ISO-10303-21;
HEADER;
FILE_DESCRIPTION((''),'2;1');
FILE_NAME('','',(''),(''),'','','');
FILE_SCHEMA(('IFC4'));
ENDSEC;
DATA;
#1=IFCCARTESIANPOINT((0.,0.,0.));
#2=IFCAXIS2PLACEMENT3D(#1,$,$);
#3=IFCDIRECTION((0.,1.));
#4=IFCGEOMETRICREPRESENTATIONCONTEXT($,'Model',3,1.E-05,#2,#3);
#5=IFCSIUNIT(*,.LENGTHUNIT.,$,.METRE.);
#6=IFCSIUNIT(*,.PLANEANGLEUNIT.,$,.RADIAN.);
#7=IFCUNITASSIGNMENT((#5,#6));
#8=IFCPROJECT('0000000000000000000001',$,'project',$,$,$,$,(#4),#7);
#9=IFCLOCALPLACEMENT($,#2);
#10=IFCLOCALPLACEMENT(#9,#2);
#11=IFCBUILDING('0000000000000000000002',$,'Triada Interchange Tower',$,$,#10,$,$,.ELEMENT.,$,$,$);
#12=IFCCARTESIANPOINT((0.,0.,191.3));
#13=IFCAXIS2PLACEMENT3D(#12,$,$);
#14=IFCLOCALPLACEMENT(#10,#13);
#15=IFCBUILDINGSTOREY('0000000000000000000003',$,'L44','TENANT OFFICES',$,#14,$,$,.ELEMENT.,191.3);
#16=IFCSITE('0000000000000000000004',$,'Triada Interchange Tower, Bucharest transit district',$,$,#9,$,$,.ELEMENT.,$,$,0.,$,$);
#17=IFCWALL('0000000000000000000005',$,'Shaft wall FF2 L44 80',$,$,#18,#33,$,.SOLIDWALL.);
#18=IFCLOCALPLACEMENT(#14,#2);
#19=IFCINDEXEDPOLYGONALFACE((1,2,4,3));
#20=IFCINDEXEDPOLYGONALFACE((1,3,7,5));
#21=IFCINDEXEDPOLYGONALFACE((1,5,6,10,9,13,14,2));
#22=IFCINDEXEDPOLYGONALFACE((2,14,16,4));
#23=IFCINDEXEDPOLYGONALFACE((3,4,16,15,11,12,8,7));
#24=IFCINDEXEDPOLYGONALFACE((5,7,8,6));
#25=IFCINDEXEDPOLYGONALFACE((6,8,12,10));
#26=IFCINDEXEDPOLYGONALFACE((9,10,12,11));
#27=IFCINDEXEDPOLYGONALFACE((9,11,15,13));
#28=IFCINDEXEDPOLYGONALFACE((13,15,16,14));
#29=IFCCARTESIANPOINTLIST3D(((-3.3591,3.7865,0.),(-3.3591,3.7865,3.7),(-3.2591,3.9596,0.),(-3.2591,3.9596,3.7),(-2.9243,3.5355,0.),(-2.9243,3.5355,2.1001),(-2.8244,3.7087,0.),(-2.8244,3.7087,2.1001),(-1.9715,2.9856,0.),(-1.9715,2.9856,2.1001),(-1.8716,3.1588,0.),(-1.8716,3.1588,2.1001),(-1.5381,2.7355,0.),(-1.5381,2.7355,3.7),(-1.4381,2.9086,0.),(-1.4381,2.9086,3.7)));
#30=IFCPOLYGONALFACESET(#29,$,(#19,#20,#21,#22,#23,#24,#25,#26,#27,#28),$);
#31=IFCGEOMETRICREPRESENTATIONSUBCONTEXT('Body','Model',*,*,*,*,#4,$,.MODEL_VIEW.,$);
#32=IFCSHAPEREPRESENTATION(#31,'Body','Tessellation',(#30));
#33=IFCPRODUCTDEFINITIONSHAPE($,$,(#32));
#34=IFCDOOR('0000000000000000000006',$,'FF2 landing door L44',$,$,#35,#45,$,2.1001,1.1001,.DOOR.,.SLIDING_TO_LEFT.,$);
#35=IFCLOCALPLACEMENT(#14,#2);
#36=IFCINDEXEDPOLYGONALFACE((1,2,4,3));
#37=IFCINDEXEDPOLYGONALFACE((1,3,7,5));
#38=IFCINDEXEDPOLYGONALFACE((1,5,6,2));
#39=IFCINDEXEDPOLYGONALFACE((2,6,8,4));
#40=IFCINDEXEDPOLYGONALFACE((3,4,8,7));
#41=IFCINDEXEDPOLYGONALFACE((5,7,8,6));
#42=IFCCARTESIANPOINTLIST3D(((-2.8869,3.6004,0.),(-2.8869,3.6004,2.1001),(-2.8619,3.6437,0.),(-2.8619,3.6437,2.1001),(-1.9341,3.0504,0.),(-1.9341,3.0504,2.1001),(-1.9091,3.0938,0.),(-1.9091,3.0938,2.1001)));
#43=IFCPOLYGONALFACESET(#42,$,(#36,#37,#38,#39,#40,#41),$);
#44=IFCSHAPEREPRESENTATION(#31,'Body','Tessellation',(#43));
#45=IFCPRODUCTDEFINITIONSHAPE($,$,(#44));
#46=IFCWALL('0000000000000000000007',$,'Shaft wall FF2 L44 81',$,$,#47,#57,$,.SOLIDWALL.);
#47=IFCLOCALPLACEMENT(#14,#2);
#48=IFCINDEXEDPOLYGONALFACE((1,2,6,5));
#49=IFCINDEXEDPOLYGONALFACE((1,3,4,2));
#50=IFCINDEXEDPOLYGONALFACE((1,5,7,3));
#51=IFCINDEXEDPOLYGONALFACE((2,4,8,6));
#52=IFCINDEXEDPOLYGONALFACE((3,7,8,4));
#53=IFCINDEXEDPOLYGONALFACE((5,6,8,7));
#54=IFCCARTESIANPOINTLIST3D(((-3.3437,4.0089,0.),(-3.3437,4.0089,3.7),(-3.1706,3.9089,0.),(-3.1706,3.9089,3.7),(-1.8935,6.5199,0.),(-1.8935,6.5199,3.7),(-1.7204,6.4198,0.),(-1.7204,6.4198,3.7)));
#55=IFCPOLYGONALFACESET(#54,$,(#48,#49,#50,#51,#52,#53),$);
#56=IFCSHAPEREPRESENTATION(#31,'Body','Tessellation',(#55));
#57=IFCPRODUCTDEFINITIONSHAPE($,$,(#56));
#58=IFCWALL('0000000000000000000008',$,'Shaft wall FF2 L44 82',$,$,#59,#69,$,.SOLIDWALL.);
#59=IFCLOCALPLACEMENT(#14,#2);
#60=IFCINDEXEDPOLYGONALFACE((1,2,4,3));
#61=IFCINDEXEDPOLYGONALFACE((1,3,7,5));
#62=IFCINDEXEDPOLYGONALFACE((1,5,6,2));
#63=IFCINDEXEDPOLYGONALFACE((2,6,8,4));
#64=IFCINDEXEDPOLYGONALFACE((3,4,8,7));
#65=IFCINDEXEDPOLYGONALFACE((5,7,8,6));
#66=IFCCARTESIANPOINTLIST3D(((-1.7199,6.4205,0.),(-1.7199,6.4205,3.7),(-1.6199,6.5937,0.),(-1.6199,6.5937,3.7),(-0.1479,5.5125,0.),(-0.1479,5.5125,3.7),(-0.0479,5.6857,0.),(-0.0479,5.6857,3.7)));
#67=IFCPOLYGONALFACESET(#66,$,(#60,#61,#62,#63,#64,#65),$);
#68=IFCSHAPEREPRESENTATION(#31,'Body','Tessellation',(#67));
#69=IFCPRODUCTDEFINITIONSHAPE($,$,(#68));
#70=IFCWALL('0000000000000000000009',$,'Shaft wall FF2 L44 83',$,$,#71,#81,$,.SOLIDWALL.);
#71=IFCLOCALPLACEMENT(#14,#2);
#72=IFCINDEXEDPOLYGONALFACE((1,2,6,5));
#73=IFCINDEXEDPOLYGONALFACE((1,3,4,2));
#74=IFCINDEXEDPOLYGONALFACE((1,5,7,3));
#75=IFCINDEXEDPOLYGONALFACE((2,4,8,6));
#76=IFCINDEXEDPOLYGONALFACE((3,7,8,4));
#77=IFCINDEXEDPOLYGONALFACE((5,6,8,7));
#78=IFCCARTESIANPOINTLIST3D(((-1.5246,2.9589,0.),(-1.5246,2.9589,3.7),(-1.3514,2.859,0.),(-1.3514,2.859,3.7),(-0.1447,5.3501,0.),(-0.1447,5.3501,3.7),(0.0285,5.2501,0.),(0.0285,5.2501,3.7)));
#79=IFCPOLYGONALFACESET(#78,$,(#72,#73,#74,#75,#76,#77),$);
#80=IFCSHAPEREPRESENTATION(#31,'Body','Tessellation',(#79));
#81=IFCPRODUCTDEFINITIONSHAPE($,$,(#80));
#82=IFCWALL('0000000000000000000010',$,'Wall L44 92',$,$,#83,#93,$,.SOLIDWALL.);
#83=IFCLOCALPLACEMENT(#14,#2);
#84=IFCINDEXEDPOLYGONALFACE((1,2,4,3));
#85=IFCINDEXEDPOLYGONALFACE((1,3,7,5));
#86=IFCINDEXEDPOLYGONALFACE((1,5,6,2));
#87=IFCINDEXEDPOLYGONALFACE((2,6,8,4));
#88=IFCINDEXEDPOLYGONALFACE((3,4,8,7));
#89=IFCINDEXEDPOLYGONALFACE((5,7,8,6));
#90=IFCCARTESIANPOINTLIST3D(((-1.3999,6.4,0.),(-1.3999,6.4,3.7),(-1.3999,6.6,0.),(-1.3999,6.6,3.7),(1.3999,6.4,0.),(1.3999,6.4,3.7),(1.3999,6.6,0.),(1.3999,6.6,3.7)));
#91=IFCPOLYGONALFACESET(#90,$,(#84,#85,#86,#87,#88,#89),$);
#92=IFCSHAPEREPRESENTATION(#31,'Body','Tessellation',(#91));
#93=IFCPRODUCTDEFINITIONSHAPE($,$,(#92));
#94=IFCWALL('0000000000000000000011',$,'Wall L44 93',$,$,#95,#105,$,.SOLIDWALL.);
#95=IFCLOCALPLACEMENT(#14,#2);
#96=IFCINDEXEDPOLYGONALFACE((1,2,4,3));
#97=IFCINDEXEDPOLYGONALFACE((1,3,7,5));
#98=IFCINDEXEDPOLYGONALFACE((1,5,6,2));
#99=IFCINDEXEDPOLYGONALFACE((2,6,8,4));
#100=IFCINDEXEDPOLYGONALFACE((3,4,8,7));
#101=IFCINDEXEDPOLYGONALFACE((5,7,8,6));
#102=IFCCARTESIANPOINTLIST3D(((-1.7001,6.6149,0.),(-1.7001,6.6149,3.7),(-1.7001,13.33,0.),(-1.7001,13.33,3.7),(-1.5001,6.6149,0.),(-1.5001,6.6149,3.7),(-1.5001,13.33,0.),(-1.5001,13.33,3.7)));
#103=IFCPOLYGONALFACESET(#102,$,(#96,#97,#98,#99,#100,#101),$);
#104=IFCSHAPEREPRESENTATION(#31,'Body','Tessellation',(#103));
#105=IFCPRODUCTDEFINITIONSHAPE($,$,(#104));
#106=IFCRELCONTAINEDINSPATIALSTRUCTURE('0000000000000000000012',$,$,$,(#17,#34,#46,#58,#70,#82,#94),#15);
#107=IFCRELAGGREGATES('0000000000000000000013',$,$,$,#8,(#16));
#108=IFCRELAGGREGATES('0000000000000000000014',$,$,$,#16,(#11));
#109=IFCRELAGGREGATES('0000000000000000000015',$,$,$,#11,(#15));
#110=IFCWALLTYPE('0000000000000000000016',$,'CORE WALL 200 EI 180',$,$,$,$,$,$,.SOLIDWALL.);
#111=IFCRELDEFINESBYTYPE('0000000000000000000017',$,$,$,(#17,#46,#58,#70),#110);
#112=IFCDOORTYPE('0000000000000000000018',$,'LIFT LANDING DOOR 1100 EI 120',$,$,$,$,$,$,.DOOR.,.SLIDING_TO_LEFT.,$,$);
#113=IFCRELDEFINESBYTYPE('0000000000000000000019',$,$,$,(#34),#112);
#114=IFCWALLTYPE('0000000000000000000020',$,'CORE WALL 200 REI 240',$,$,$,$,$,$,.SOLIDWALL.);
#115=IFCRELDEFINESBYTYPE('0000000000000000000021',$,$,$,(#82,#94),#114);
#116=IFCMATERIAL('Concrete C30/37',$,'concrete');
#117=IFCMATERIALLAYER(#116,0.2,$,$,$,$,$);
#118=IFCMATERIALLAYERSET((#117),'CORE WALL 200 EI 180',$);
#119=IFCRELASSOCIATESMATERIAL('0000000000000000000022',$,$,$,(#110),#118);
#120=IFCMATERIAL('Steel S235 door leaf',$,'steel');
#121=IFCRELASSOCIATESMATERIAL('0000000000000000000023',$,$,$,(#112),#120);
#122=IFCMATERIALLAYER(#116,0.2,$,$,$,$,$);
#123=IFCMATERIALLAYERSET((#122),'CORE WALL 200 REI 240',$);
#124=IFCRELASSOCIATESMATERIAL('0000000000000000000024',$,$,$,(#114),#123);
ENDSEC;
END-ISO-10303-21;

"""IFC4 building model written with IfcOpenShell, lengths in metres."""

from ifc_helpers import new_model, si_unit, direction, frame, frame_2d, origin, place, context, subcontext, project, spatial, rectangle, extrude, material, layer, layer_set, type_object, element, fill, save


model = new_model("IFC4")

# Units and contexts
model_context = context("Model", 3, precision=1e-05, world=origin(), true_north=direction((0.0, 1.0)))
body_context = subcontext(model_context, "Body", "Model", "MODEL_VIEW")
ifc_project = project(units=[si_unit("LENGTHUNIT", "METRE"), si_unit("PLANEANGLEUNIT", "RADIAN")], contexts=[model_context])

# Site, building, storey
site_placement = place(None, origin())
site = spatial("IfcSite", under=ifc_project, at=site_placement, Name="Triada Interchange Tower, Bucharest transit district", CompositionType="ELEMENT", RefElevation=0.0)
building_placement = place(site_placement, origin())
building = spatial("IfcBuilding", under=site, at=building_placement, Name="Triada Interchange Tower", CompositionType="ELEMENT")
storey_placement = place(building_placement, frame((0.0, 0.0, 191.3)))
storey = spatial("IfcBuildingStorey", under=building, at=storey_placement, Name="L44", Description="TENANT OFFICES", CompositionType="ELEMENT", Elevation=191.3)

# Shared definitions
ifc_material_1 = material(Name="Concrete C30/37", Category="concrete")
ifc_layer_1 = layer(ifc_material_1, 0.2)
ifc_layer_set_1 = layer_set([ifc_layer_1], Name="CORE WALL 200 EI 180")
wall_type_1 = type_object("IfcWallType", Name="CORE WALL 200 EI 180", PredefinedType="SOLIDWALL", material=ifc_layer_set_1)

# Shared definitions
ifc_material_2 = material(Name="Steel S235 door leaf", Category="steel")

# Wall, opening, door
door_type_1 = type_object("IfcDoorType", Name="LIFT LANDING DOOR 1100 EI 120", OperationType="SLIDING_TO_LEFT", PredefinedType="DOOR", material=ifc_material_2)
wall_1_placement = place(storey_placement, frame((-3.3091, 3.873, 0.0), z_axis=(0.0, 0.0, 1.0), x_axis=(0.866099, -0.499873, 0.0)))
wall_1 = element("IfcWall", 1, at=wall_1_placement, inside=storey, type_object=wall_type_1, Name="Shaft wall FF2 L44 80", PredefinedType="SOLIDWALL", context=body_context, shape_type="SweptSolid", body=[
    extrude(rectangle(XDim=2.1025, YDim=0.2, at=frame_2d((1.0513, 0.0))), origin(), (0.0, 0.0, 1.0), 3.7),
])
opening_1_placement = place(wall_1_placement, frame((0.502, 0.0, 0.0)))
opening_1 = element("IfcOpeningElement", 2, at=opening_1_placement, cuts=wall_1, PredefinedType="OPENING", context=body_context, shape_type="SweptSolid", body=[
    extrude(rectangle(XDim=1.1001, YDim=2.1001, at=frame_2d((0.55, 1.05))), frame((0.0, 0.1099, 0.0), z_axis=(0.0, -1.0, 0.0), x_axis=(1.0, 0.0, 0.0)), (0.0, 0.0, 1.0), 0.22),
])
door_1_placement = place(opening_1_placement, origin())
door_1 = element("IfcDoor", 3, at=door_1_placement, inside=storey, type_object=door_type_1, Name="FF2 landing door L44", OperationType="SLIDING_TO_LEFT", OverallHeight=2.1001, OverallWidth=1.1001, PredefinedType="DOOR", context=body_context, shape_type="SweptSolid", body=[
    extrude(rectangle(XDim=1.1001, YDim=2.1001, at=frame_2d((0.55, 1.05))), frame((0.0, 0.0249, 0.0), z_axis=(0.0, -1.0, 0.0), x_axis=(1.0, 0.0, 0.0)), (0.0, 0.0, 1.0), 0.05),
])
fill(opening_1, door_1)

# Walls
wall_2_placement = place(storey_placement, frame((-3.2571, 3.959, 0.0), z_axis=(0.0, 0.0, 1.0), x_axis=(0.500123, 0.865954, 0.0)))
element("IfcWall", 4, at=wall_2_placement, inside=storey, type_object=wall_type_1, Name="Shaft wall FF2 L44 81", PredefinedType="SOLIDWALL", context=body_context, shape_type="SweptSolid", body=[
    extrude(rectangle(XDim=2.8997, YDim=0.2, at=frame_2d((1.4497, 0.0))), origin(), (0.0, 0.0, 1.0), 3.7),
])
wall_3_placement = place(storey_placement, frame((-1.6699, 6.5071, 0.0), z_axis=(0.0, 0.0, 1.0), x_axis=(0.865941, -0.500145, 0.0)))
element("IfcWall", 5, at=wall_3_placement, inside=storey, type_object=wall_type_1, Name="Shaft wall FF2 L44 82", PredefinedType="SOLIDWALL", context=body_context, shape_type="SweptSolid", body=[
    extrude(rectangle(XDim=1.8154, YDim=0.2, at=frame_2d((0.9077, 0.0))), origin(), (0.0, 0.0, 1.0), 3.7),
])
wall_4_placement = place(storey_placement, frame((-1.438, 2.9089, 0.0), z_axis=(0.0, 0.0, 1.0), x_axis=(0.49983, 0.866124, 0.0)))
element("IfcWall", 6, at=wall_4_placement, inside=storey, type_object=wall_type_1, Name="Shaft wall FF2 L44 83", PredefinedType="SOLIDWALL", context=body_context, shape_type="SweptSolid", body=[
    extrude(rectangle(XDim=2.7607, YDim=0.2, at=frame_2d((1.3804, 0.0))), origin(), (0.0, 0.0, 1.0), 3.7),
])
ifc_layer_2 = layer(ifc_material_1, 0.2)
ifc_layer_set_2 = layer_set([ifc_layer_2], Name="CORE WALL 200 REI 240")
wall_type_2 = type_object("IfcWallType", Name="CORE WALL 200 REI 240", PredefinedType="SOLIDWALL", material=ifc_layer_set_2)
wall_5_placement = place(storey_placement, frame((-1.3999, 6.5, 0.0), z_axis=(0.0, 0.0, 1.0), x_axis=(1.0, 0.0, 0.0)))
element("IfcWall", 7, at=wall_5_placement, inside=storey, type_object=wall_type_2, Name="Wall L44 92", PredefinedType="SOLIDWALL", context=body_context, shape_type="SweptSolid", body=[
    extrude(rectangle(XDim=2.7998, YDim=0.2, at=frame_2d((1.3999, 0.0))), origin(), (0.0, 0.0, 1.0), 3.7),
])
wall_6_placement = place(storey_placement, frame((-1.6001, 6.615, 0.0), z_axis=(0.0, 0.0, 1.0), x_axis=(0.0, 1.0, 0.0)))
element("IfcWall", 8, at=wall_6_placement, inside=storey, type_object=wall_type_2, Name="Wall L44 93", PredefinedType="SOLIDWALL", context=body_context, shape_type="SweptSolid", body=[
    extrude(rectangle(XDim=6.7151, YDim=0.2, at=frame_2d((3.3574, 0.0))), origin(), (0.0, 0.0, 1.0), 3.7),
])

save(model, "model.ifc")
